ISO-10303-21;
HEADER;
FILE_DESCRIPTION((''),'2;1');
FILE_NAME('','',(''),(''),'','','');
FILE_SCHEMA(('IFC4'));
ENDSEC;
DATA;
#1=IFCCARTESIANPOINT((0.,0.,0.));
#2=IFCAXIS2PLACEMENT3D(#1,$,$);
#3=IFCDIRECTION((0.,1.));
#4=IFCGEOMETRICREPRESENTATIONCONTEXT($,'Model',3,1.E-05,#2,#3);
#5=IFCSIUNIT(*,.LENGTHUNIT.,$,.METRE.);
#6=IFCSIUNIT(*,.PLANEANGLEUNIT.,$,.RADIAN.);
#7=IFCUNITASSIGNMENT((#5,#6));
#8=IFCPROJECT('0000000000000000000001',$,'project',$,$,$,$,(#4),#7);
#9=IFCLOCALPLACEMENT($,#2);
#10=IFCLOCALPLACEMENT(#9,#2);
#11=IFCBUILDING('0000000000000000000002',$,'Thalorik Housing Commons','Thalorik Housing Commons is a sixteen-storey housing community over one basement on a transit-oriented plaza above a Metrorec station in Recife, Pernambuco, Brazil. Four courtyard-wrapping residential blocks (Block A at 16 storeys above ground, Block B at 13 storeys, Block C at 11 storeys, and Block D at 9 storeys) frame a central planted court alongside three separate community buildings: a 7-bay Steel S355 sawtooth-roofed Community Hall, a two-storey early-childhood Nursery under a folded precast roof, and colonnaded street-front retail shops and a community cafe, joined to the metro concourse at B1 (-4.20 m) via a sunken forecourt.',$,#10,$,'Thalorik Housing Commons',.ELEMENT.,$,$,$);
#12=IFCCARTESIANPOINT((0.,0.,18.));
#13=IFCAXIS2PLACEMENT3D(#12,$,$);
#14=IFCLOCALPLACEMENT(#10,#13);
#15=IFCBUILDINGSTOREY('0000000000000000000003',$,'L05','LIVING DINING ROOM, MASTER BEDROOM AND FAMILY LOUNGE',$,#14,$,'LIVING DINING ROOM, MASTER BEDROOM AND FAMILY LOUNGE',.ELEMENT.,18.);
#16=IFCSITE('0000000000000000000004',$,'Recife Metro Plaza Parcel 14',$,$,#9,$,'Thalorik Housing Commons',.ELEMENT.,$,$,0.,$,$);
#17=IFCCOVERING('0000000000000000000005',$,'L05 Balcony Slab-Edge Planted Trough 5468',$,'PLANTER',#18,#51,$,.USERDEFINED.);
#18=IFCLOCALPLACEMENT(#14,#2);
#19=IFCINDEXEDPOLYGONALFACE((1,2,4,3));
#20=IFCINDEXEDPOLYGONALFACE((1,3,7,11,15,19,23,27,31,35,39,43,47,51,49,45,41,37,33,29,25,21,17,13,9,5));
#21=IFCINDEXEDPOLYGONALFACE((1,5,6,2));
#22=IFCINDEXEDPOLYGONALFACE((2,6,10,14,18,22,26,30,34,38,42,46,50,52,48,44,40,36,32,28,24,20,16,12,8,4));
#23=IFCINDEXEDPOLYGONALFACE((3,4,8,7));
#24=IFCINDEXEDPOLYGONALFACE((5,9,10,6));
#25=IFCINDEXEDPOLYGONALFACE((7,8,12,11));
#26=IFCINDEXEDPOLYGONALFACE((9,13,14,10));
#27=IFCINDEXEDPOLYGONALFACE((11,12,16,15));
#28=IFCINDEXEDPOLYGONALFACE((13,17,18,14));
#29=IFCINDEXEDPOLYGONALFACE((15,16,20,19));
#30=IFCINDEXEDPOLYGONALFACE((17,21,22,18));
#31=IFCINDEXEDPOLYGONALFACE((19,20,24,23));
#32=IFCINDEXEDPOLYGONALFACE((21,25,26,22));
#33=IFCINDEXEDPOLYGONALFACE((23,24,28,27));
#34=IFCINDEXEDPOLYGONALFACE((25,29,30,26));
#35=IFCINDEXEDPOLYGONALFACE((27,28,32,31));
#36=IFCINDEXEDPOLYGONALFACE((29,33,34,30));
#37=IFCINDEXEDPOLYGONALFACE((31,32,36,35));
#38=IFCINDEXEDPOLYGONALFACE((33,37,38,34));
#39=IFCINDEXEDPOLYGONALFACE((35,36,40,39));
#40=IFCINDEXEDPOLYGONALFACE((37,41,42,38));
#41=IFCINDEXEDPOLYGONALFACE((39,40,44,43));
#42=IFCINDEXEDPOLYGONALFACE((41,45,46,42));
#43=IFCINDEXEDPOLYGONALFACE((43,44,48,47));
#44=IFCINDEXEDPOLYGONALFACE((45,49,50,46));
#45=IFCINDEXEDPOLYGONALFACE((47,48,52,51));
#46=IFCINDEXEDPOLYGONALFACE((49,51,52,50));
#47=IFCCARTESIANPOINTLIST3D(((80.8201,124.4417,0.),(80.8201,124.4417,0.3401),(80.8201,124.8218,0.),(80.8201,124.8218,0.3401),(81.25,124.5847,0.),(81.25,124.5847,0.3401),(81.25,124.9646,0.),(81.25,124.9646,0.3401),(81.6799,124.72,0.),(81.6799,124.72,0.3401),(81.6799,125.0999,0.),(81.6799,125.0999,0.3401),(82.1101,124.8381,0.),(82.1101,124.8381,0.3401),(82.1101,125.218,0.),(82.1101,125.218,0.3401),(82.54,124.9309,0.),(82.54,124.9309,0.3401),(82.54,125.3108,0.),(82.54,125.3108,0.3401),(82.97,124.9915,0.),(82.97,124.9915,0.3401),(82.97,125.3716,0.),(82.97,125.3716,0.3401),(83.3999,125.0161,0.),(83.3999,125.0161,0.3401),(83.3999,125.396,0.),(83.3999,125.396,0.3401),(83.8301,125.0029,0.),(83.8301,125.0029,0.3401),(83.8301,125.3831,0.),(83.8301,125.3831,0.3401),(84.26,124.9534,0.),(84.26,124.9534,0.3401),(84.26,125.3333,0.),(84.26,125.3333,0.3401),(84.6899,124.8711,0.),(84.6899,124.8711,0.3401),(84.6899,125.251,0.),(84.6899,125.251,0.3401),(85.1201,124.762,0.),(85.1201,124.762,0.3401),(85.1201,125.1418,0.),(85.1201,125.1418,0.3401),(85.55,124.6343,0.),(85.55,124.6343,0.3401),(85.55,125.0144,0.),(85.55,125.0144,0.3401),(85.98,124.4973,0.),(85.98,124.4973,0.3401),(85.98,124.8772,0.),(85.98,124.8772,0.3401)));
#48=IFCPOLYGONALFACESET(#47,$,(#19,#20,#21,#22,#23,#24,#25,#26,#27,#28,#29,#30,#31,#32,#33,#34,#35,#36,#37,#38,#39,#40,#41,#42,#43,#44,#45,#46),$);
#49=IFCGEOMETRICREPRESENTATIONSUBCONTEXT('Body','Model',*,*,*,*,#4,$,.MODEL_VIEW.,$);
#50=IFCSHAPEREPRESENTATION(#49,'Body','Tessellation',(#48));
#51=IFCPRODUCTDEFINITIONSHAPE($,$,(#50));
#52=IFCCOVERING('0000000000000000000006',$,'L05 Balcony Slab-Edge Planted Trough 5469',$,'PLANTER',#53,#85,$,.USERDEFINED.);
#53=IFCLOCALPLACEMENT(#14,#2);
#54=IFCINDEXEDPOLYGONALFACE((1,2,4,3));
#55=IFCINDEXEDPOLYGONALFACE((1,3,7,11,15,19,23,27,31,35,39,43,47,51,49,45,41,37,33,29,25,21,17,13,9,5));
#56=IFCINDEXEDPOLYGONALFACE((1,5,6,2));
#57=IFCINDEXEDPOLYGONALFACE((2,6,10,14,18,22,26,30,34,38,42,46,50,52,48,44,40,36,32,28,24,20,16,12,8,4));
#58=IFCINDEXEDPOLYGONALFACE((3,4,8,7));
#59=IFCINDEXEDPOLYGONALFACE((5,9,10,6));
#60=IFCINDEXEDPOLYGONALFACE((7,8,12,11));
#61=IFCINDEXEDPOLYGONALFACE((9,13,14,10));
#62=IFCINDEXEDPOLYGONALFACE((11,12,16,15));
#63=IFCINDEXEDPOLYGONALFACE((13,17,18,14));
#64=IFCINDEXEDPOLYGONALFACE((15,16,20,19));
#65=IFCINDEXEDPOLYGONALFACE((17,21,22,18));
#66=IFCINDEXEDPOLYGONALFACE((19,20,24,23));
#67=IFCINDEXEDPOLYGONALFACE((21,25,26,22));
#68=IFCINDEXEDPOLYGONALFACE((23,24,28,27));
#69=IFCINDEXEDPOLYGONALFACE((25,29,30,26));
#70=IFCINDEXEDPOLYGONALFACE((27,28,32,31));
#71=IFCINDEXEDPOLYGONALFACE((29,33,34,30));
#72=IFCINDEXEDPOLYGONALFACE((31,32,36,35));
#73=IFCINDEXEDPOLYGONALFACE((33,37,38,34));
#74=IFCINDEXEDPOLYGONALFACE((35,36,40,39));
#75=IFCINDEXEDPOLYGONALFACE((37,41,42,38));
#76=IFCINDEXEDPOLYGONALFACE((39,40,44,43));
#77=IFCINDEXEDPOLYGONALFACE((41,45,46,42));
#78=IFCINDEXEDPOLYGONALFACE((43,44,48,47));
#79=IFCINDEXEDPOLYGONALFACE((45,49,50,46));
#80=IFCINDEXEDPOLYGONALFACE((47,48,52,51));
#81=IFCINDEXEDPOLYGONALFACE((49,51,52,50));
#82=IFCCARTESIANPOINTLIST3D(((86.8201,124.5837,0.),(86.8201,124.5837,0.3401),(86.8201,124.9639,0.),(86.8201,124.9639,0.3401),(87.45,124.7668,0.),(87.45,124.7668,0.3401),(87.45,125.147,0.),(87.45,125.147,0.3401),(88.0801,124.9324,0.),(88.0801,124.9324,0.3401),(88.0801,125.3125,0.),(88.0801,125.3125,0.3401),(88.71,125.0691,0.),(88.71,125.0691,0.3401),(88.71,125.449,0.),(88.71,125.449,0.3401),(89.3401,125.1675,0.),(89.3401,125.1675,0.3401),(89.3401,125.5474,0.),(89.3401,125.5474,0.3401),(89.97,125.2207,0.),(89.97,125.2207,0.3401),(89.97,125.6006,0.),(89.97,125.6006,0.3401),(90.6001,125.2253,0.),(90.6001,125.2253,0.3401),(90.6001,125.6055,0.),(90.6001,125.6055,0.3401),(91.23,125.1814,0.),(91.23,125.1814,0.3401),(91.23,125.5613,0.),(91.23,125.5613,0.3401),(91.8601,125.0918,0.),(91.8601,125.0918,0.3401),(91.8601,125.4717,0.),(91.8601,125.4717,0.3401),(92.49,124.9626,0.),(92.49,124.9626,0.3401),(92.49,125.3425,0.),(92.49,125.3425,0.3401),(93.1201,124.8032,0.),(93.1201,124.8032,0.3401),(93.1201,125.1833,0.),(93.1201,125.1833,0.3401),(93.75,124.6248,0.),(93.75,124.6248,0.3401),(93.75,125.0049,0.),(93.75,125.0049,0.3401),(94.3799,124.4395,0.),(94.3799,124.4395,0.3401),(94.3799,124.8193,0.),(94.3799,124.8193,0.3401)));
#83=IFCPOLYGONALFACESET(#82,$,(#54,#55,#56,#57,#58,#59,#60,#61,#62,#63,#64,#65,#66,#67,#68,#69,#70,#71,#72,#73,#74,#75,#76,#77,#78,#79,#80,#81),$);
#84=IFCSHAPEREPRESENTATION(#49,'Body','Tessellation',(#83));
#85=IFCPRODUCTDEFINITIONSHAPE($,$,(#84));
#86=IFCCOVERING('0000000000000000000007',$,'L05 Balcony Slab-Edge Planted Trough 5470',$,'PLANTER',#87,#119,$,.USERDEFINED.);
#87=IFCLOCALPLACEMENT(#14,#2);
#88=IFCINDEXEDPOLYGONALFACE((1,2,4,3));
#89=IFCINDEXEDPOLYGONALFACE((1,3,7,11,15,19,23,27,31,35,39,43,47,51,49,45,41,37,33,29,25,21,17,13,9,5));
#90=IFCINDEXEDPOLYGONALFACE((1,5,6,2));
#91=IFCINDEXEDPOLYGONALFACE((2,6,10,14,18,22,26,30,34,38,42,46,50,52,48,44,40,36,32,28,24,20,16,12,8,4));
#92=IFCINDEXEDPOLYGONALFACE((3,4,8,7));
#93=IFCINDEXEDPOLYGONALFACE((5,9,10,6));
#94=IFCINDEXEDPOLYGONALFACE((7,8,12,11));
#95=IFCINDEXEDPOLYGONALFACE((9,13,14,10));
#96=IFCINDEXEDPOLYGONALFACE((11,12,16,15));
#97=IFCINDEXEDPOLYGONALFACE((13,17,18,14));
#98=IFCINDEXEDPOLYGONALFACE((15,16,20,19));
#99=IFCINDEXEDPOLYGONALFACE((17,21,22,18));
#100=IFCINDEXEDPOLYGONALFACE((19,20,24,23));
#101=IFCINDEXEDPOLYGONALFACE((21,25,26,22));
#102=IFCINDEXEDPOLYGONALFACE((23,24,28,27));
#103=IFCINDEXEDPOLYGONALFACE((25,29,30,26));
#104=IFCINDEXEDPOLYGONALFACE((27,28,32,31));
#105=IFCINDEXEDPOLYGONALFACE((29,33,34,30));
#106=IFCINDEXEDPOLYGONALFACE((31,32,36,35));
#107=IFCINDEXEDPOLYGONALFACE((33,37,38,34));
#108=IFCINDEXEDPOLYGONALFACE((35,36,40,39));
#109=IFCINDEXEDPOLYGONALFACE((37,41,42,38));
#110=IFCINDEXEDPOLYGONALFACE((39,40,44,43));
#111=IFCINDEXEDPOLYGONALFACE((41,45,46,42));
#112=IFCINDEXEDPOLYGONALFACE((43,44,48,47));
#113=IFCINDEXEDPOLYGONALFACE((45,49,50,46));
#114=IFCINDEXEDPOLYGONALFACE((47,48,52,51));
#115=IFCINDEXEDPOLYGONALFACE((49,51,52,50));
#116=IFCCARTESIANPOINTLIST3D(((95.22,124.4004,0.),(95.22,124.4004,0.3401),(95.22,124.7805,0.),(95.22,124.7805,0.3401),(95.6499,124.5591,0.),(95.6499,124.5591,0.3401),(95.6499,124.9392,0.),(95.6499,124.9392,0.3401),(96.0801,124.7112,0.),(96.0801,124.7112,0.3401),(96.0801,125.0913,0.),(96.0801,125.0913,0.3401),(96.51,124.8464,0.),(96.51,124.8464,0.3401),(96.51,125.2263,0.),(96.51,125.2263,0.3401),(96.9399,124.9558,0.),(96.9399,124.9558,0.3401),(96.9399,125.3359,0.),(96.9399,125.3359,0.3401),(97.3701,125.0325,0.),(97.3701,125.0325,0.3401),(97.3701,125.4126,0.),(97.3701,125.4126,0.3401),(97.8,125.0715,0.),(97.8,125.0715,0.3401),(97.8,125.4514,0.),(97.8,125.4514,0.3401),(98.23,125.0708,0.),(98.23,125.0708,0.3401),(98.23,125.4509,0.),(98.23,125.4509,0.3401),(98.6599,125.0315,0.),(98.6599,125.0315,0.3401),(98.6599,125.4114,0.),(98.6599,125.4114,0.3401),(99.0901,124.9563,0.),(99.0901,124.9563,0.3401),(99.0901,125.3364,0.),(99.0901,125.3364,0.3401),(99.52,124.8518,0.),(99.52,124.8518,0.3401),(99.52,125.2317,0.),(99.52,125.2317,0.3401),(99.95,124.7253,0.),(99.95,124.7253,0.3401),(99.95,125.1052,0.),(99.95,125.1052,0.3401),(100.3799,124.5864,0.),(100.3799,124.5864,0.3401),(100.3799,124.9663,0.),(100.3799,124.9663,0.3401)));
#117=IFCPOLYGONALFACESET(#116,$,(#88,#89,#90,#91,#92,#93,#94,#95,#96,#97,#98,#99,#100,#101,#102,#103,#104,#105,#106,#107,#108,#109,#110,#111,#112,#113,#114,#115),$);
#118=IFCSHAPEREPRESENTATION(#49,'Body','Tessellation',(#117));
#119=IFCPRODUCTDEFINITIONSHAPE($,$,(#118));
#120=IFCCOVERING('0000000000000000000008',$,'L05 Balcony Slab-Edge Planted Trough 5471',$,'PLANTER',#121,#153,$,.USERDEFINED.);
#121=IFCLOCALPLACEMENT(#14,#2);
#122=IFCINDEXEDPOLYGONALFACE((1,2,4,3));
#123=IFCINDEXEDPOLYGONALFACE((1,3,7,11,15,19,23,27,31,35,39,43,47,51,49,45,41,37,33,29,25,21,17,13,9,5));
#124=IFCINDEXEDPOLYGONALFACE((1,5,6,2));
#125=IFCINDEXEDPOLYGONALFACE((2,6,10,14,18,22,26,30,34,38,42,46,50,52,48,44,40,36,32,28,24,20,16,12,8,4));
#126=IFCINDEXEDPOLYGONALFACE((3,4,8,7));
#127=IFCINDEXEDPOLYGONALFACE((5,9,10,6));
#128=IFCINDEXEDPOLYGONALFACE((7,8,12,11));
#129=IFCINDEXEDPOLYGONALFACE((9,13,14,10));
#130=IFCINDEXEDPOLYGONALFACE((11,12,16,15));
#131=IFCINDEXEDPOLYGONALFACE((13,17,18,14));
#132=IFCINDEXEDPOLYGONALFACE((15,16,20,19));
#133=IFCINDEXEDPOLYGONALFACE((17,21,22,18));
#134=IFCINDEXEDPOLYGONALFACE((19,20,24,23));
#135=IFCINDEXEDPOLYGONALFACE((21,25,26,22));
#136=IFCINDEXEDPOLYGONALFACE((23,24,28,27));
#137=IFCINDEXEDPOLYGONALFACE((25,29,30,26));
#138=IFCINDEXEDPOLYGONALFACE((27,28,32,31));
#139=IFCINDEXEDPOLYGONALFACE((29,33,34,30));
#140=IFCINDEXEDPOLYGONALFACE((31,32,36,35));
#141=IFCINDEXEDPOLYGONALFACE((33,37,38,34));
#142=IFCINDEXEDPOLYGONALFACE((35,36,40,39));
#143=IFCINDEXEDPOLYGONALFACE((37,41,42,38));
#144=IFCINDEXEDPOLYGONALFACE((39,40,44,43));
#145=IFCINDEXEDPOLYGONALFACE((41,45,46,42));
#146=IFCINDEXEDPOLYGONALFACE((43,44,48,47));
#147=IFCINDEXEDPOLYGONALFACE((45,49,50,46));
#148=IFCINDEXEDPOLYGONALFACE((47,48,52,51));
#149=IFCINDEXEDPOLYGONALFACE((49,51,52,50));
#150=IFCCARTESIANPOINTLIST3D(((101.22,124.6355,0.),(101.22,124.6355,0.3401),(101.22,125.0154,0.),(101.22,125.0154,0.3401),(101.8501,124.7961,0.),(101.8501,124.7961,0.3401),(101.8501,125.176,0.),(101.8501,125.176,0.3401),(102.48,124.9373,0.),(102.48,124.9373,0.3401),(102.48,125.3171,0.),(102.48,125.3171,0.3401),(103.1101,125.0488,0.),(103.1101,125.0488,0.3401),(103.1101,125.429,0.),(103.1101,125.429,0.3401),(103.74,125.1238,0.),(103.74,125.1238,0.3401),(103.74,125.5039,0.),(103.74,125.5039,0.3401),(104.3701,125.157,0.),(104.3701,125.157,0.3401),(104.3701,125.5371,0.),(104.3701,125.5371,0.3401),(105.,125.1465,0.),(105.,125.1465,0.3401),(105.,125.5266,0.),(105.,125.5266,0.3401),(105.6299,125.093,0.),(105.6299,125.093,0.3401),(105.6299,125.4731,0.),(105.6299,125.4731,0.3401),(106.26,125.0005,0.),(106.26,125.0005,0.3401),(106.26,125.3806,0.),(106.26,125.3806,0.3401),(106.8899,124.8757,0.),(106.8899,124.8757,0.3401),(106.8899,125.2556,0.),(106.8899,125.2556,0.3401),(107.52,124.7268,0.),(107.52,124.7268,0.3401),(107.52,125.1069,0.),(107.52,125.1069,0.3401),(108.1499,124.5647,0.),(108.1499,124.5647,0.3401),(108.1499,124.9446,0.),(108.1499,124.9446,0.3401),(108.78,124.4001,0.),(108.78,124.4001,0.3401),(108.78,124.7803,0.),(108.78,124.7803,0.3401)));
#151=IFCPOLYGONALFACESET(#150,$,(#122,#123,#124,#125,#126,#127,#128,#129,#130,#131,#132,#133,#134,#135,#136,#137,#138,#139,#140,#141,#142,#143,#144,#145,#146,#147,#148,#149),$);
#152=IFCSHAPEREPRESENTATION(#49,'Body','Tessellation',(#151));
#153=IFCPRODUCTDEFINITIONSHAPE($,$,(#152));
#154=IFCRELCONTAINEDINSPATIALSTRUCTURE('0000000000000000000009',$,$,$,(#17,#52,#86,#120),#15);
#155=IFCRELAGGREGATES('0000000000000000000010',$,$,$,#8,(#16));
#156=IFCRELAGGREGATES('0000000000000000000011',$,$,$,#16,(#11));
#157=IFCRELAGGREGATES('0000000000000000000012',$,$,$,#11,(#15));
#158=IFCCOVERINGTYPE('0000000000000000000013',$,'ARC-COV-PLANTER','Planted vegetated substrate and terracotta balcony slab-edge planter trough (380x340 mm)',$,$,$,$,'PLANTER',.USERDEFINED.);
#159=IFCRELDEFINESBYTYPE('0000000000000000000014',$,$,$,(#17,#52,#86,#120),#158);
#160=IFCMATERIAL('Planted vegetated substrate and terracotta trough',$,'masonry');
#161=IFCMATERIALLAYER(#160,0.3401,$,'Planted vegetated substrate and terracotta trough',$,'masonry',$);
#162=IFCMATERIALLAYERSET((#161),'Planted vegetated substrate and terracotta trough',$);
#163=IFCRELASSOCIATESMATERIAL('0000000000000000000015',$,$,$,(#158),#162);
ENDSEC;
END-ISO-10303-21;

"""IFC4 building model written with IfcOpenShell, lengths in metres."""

from ifc_helpers import new_model, si_unit, direction, frame, origin, place, context, subcontext, project, spatial, polyline, outline, extrude, material, layer, layer_set, type_object, element, save


model = new_model("IFC4")

# Units and contexts
model_context = context("Model", 3, precision=1e-05, world=origin(), true_north=direction((0.0, 1.0)))
body_context = subcontext(model_context, "Body", "Model", "MODEL_VIEW")
ifc_project = project(units=[si_unit("LENGTHUNIT", "METRE"), si_unit("PLANEANGLEUNIT", "RADIAN")], contexts=[model_context])

# Site, building, storey
site_placement = place(None, origin())
site = spatial("IfcSite", under=ifc_project, at=site_placement, Name="Recife Metro Plaza Parcel 14", LongName="Thalorik Housing Commons", CompositionType="ELEMENT", RefElevation=0.0)
building_placement = place(site_placement, origin())
building = spatial("IfcBuilding", under=site, at=building_placement, Name="Thalorik Housing Commons", Description="Thalorik Housing Commons is a sixteen-storey housing community over one basement on a transit-oriented plaza above a Metrorec station in Recife, Pernambuco, Brazil. Four courtyard-wrapping residential blocks (Block A at 16 storeys above ground, Block B at 13 storeys, Block C at 11 storeys, and Block D at 9 storeys) frame a central planted court alongside three separate community buildings: a 7-bay Steel S355 sawtooth-roofed Community Hall, a two-storey early-childhood Nursery under a folded precast roof, and colonnaded street-front retail shops and a community cafe, joined to the metro concourse at B1 (-4.20 m) via a sunken forecourt.", LongName="Thalorik Housing Commons", CompositionType="ELEMENT")
storey_placement = place(building_placement, frame((0.0, 0.0, 18.0)))
storey = spatial("IfcBuildingStorey", under=building, at=storey_placement, Name="L05", Description="LIVING DINING ROOM, MASTER BEDROOM AND FAMILY LOUNGE", LongName="LIVING DINING ROOM, MASTER BEDROOM AND FAMILY LOUNGE", CompositionType="ELEMENT", Elevation=18.0)

# Coverings
ifc_material = material(Name="Planted vegetated substrate and terracotta trough", Category="masonry")
ifc_layer = layer(ifc_material, 0.3401, Name="Planted vegetated substrate and terracotta trough", Category="masonry")
ifc_layer_set = layer_set([ifc_layer], Name="Planted vegetated substrate and terracotta trough")
covering_type = type_object("IfcCoveringType", Name="ARC-COV-PLANTER", Description="Planted vegetated substrate and terracotta balcony slab-edge planter trough (380x340 mm)", ElementType="PLANTER", PredefinedType="USERDEFINED", material=ifc_layer_set)
covering_1_placement = place(storey_placement, origin())
element("IfcCovering", 1, at=covering_1_placement, inside=storey, type_object=covering_type, Name="L05 Balcony Slab-Edge Planted Trough 5468", ObjectType="PLANTER", PredefinedType="USERDEFINED", context=body_context, shape_type="SweptSolid", body=[
    extrude(outline(polyline([(85.98, 124.8772), (85.55, 125.0144), (85.1201, 125.1418), (84.6899, 125.251), (84.26, 125.3333), (83.8301, 125.3831), (83.3999, 125.396), (82.97, 125.3716), (82.54, 125.3108), (82.1101, 125.218), (81.6799, 125.0999), (81.25, 124.9646), (80.8201, 124.8218), (80.8201, 124.4417), (81.25, 124.5847), (81.6799, 124.72), (82.1101, 124.8381), (82.54, 124.9309), (82.97, 124.9915), (83.3999, 125.0161), (83.8301, 125.0029), (84.26, 124.9534), (84.6899, 124.8711), (85.1201, 124.762), (85.55, 124.6343), (85.98, 124.4973), (85.98, 124.8772)])), origin(), (0.0, 0.0, 1.0), 0.3401),
])
covering_2_placement = place(storey_placement, origin())
element("IfcCovering", 2, at=covering_2_placement, inside=storey, type_object=covering_type, Name="L05 Balcony Slab-Edge Planted Trough 5469", ObjectType="PLANTER", PredefinedType="USERDEFINED", context=body_context, shape_type="SweptSolid", body=[
    extrude(outline(polyline([(94.3799, 124.8193), (93.75, 125.0049), (93.1201, 125.1833), (92.49, 125.3425), (91.8601, 125.4717), (91.23, 125.5613), (90.6001, 125.6055), (89.97, 125.6006), (89.3401, 125.5474), (88.71, 125.449), (88.0801, 125.3125), (87.45, 125.147), (86.8201, 124.9639), (86.8201, 124.5837), (87.45, 124.7668), (88.0801, 124.9324), (88.71, 125.0691), (89.3401, 125.1675), (89.97, 125.2207), (90.6001, 125.2253), (91.23, 125.1814), (91.8601, 125.0918), (92.49, 124.9626), (93.1201, 124.8032), (93.75, 124.6248), (94.3799, 124.4395), (94.3799, 124.8193)])), origin(), (0.0, 0.0, 1.0), 0.3401),
])
covering_3_placement = place(storey_placement, origin())
element("IfcCovering", 3, at=covering_3_placement, inside=storey, type_object=covering_type, Name="L05 Balcony Slab-Edge Planted Trough 5470", ObjectType="PLANTER", PredefinedType="USERDEFINED", context=body_context, shape_type="SweptSolid", body=[
    extrude(outline(polyline([(100.3799, 124.9663), (99.95, 125.1052), (99.52, 125.2317), (99.0901, 125.3364), (98.6599, 125.4114), (98.23, 125.4509), (97.8, 125.4514), (97.3701, 125.4126), (96.9399, 125.3359), (96.51, 125.2263), (96.0801, 125.0913), (95.6499, 124.9392), (95.22, 124.7805), (95.22, 124.4004), (95.6499, 124.5591), (96.0801, 124.7112), (96.51, 124.8464), (96.9399, 124.9558), (97.3701, 125.0325), (97.8, 125.0715), (98.23, 125.0708), (98.6599, 125.0315), (99.0901, 124.9563), (99.52, 124.8518), (99.95, 124.7253), (100.3799, 124.5864), (100.3799, 124.9663)])), origin(), (0.0, 0.0, 1.0), 0.3401),
])
covering_4_placement = place(storey_placement, origin())
element("IfcCovering", 4, at=covering_4_placement, inside=storey, type_object=covering_type, Name="L05 Balcony Slab-Edge Planted Trough 5471", ObjectType="PLANTER", PredefinedType="USERDEFINED", context=body_context, shape_type="SweptSolid", body=[
    extrude(outline(polyline([(108.78, 124.7803), (108.1499, 124.9446), (107.52, 125.1069), (106.8899, 125.2556), (106.26, 125.3806), (105.6299, 125.4731), (105.0, 125.5266), (104.3701, 125.5371), (103.74, 125.5039), (103.1101, 125.429), (102.48, 125.3171), (101.8501, 125.176), (101.22, 125.0154), (101.22, 124.6355), (101.8501, 124.7961), (102.48, 124.9373), (103.1101, 125.0488), (103.74, 125.1238), (104.3701, 125.157), (105.0, 125.1465), (105.6299, 125.093), (106.26, 125.0005), (106.8899, 124.8757), (107.52, 124.7268), (108.1499, 124.5647), (108.78, 124.4001), (108.78, 124.7803)])), origin(), (0.0, 0.0, 1.0), 0.3401),
])

save(model, "model.ifc")
